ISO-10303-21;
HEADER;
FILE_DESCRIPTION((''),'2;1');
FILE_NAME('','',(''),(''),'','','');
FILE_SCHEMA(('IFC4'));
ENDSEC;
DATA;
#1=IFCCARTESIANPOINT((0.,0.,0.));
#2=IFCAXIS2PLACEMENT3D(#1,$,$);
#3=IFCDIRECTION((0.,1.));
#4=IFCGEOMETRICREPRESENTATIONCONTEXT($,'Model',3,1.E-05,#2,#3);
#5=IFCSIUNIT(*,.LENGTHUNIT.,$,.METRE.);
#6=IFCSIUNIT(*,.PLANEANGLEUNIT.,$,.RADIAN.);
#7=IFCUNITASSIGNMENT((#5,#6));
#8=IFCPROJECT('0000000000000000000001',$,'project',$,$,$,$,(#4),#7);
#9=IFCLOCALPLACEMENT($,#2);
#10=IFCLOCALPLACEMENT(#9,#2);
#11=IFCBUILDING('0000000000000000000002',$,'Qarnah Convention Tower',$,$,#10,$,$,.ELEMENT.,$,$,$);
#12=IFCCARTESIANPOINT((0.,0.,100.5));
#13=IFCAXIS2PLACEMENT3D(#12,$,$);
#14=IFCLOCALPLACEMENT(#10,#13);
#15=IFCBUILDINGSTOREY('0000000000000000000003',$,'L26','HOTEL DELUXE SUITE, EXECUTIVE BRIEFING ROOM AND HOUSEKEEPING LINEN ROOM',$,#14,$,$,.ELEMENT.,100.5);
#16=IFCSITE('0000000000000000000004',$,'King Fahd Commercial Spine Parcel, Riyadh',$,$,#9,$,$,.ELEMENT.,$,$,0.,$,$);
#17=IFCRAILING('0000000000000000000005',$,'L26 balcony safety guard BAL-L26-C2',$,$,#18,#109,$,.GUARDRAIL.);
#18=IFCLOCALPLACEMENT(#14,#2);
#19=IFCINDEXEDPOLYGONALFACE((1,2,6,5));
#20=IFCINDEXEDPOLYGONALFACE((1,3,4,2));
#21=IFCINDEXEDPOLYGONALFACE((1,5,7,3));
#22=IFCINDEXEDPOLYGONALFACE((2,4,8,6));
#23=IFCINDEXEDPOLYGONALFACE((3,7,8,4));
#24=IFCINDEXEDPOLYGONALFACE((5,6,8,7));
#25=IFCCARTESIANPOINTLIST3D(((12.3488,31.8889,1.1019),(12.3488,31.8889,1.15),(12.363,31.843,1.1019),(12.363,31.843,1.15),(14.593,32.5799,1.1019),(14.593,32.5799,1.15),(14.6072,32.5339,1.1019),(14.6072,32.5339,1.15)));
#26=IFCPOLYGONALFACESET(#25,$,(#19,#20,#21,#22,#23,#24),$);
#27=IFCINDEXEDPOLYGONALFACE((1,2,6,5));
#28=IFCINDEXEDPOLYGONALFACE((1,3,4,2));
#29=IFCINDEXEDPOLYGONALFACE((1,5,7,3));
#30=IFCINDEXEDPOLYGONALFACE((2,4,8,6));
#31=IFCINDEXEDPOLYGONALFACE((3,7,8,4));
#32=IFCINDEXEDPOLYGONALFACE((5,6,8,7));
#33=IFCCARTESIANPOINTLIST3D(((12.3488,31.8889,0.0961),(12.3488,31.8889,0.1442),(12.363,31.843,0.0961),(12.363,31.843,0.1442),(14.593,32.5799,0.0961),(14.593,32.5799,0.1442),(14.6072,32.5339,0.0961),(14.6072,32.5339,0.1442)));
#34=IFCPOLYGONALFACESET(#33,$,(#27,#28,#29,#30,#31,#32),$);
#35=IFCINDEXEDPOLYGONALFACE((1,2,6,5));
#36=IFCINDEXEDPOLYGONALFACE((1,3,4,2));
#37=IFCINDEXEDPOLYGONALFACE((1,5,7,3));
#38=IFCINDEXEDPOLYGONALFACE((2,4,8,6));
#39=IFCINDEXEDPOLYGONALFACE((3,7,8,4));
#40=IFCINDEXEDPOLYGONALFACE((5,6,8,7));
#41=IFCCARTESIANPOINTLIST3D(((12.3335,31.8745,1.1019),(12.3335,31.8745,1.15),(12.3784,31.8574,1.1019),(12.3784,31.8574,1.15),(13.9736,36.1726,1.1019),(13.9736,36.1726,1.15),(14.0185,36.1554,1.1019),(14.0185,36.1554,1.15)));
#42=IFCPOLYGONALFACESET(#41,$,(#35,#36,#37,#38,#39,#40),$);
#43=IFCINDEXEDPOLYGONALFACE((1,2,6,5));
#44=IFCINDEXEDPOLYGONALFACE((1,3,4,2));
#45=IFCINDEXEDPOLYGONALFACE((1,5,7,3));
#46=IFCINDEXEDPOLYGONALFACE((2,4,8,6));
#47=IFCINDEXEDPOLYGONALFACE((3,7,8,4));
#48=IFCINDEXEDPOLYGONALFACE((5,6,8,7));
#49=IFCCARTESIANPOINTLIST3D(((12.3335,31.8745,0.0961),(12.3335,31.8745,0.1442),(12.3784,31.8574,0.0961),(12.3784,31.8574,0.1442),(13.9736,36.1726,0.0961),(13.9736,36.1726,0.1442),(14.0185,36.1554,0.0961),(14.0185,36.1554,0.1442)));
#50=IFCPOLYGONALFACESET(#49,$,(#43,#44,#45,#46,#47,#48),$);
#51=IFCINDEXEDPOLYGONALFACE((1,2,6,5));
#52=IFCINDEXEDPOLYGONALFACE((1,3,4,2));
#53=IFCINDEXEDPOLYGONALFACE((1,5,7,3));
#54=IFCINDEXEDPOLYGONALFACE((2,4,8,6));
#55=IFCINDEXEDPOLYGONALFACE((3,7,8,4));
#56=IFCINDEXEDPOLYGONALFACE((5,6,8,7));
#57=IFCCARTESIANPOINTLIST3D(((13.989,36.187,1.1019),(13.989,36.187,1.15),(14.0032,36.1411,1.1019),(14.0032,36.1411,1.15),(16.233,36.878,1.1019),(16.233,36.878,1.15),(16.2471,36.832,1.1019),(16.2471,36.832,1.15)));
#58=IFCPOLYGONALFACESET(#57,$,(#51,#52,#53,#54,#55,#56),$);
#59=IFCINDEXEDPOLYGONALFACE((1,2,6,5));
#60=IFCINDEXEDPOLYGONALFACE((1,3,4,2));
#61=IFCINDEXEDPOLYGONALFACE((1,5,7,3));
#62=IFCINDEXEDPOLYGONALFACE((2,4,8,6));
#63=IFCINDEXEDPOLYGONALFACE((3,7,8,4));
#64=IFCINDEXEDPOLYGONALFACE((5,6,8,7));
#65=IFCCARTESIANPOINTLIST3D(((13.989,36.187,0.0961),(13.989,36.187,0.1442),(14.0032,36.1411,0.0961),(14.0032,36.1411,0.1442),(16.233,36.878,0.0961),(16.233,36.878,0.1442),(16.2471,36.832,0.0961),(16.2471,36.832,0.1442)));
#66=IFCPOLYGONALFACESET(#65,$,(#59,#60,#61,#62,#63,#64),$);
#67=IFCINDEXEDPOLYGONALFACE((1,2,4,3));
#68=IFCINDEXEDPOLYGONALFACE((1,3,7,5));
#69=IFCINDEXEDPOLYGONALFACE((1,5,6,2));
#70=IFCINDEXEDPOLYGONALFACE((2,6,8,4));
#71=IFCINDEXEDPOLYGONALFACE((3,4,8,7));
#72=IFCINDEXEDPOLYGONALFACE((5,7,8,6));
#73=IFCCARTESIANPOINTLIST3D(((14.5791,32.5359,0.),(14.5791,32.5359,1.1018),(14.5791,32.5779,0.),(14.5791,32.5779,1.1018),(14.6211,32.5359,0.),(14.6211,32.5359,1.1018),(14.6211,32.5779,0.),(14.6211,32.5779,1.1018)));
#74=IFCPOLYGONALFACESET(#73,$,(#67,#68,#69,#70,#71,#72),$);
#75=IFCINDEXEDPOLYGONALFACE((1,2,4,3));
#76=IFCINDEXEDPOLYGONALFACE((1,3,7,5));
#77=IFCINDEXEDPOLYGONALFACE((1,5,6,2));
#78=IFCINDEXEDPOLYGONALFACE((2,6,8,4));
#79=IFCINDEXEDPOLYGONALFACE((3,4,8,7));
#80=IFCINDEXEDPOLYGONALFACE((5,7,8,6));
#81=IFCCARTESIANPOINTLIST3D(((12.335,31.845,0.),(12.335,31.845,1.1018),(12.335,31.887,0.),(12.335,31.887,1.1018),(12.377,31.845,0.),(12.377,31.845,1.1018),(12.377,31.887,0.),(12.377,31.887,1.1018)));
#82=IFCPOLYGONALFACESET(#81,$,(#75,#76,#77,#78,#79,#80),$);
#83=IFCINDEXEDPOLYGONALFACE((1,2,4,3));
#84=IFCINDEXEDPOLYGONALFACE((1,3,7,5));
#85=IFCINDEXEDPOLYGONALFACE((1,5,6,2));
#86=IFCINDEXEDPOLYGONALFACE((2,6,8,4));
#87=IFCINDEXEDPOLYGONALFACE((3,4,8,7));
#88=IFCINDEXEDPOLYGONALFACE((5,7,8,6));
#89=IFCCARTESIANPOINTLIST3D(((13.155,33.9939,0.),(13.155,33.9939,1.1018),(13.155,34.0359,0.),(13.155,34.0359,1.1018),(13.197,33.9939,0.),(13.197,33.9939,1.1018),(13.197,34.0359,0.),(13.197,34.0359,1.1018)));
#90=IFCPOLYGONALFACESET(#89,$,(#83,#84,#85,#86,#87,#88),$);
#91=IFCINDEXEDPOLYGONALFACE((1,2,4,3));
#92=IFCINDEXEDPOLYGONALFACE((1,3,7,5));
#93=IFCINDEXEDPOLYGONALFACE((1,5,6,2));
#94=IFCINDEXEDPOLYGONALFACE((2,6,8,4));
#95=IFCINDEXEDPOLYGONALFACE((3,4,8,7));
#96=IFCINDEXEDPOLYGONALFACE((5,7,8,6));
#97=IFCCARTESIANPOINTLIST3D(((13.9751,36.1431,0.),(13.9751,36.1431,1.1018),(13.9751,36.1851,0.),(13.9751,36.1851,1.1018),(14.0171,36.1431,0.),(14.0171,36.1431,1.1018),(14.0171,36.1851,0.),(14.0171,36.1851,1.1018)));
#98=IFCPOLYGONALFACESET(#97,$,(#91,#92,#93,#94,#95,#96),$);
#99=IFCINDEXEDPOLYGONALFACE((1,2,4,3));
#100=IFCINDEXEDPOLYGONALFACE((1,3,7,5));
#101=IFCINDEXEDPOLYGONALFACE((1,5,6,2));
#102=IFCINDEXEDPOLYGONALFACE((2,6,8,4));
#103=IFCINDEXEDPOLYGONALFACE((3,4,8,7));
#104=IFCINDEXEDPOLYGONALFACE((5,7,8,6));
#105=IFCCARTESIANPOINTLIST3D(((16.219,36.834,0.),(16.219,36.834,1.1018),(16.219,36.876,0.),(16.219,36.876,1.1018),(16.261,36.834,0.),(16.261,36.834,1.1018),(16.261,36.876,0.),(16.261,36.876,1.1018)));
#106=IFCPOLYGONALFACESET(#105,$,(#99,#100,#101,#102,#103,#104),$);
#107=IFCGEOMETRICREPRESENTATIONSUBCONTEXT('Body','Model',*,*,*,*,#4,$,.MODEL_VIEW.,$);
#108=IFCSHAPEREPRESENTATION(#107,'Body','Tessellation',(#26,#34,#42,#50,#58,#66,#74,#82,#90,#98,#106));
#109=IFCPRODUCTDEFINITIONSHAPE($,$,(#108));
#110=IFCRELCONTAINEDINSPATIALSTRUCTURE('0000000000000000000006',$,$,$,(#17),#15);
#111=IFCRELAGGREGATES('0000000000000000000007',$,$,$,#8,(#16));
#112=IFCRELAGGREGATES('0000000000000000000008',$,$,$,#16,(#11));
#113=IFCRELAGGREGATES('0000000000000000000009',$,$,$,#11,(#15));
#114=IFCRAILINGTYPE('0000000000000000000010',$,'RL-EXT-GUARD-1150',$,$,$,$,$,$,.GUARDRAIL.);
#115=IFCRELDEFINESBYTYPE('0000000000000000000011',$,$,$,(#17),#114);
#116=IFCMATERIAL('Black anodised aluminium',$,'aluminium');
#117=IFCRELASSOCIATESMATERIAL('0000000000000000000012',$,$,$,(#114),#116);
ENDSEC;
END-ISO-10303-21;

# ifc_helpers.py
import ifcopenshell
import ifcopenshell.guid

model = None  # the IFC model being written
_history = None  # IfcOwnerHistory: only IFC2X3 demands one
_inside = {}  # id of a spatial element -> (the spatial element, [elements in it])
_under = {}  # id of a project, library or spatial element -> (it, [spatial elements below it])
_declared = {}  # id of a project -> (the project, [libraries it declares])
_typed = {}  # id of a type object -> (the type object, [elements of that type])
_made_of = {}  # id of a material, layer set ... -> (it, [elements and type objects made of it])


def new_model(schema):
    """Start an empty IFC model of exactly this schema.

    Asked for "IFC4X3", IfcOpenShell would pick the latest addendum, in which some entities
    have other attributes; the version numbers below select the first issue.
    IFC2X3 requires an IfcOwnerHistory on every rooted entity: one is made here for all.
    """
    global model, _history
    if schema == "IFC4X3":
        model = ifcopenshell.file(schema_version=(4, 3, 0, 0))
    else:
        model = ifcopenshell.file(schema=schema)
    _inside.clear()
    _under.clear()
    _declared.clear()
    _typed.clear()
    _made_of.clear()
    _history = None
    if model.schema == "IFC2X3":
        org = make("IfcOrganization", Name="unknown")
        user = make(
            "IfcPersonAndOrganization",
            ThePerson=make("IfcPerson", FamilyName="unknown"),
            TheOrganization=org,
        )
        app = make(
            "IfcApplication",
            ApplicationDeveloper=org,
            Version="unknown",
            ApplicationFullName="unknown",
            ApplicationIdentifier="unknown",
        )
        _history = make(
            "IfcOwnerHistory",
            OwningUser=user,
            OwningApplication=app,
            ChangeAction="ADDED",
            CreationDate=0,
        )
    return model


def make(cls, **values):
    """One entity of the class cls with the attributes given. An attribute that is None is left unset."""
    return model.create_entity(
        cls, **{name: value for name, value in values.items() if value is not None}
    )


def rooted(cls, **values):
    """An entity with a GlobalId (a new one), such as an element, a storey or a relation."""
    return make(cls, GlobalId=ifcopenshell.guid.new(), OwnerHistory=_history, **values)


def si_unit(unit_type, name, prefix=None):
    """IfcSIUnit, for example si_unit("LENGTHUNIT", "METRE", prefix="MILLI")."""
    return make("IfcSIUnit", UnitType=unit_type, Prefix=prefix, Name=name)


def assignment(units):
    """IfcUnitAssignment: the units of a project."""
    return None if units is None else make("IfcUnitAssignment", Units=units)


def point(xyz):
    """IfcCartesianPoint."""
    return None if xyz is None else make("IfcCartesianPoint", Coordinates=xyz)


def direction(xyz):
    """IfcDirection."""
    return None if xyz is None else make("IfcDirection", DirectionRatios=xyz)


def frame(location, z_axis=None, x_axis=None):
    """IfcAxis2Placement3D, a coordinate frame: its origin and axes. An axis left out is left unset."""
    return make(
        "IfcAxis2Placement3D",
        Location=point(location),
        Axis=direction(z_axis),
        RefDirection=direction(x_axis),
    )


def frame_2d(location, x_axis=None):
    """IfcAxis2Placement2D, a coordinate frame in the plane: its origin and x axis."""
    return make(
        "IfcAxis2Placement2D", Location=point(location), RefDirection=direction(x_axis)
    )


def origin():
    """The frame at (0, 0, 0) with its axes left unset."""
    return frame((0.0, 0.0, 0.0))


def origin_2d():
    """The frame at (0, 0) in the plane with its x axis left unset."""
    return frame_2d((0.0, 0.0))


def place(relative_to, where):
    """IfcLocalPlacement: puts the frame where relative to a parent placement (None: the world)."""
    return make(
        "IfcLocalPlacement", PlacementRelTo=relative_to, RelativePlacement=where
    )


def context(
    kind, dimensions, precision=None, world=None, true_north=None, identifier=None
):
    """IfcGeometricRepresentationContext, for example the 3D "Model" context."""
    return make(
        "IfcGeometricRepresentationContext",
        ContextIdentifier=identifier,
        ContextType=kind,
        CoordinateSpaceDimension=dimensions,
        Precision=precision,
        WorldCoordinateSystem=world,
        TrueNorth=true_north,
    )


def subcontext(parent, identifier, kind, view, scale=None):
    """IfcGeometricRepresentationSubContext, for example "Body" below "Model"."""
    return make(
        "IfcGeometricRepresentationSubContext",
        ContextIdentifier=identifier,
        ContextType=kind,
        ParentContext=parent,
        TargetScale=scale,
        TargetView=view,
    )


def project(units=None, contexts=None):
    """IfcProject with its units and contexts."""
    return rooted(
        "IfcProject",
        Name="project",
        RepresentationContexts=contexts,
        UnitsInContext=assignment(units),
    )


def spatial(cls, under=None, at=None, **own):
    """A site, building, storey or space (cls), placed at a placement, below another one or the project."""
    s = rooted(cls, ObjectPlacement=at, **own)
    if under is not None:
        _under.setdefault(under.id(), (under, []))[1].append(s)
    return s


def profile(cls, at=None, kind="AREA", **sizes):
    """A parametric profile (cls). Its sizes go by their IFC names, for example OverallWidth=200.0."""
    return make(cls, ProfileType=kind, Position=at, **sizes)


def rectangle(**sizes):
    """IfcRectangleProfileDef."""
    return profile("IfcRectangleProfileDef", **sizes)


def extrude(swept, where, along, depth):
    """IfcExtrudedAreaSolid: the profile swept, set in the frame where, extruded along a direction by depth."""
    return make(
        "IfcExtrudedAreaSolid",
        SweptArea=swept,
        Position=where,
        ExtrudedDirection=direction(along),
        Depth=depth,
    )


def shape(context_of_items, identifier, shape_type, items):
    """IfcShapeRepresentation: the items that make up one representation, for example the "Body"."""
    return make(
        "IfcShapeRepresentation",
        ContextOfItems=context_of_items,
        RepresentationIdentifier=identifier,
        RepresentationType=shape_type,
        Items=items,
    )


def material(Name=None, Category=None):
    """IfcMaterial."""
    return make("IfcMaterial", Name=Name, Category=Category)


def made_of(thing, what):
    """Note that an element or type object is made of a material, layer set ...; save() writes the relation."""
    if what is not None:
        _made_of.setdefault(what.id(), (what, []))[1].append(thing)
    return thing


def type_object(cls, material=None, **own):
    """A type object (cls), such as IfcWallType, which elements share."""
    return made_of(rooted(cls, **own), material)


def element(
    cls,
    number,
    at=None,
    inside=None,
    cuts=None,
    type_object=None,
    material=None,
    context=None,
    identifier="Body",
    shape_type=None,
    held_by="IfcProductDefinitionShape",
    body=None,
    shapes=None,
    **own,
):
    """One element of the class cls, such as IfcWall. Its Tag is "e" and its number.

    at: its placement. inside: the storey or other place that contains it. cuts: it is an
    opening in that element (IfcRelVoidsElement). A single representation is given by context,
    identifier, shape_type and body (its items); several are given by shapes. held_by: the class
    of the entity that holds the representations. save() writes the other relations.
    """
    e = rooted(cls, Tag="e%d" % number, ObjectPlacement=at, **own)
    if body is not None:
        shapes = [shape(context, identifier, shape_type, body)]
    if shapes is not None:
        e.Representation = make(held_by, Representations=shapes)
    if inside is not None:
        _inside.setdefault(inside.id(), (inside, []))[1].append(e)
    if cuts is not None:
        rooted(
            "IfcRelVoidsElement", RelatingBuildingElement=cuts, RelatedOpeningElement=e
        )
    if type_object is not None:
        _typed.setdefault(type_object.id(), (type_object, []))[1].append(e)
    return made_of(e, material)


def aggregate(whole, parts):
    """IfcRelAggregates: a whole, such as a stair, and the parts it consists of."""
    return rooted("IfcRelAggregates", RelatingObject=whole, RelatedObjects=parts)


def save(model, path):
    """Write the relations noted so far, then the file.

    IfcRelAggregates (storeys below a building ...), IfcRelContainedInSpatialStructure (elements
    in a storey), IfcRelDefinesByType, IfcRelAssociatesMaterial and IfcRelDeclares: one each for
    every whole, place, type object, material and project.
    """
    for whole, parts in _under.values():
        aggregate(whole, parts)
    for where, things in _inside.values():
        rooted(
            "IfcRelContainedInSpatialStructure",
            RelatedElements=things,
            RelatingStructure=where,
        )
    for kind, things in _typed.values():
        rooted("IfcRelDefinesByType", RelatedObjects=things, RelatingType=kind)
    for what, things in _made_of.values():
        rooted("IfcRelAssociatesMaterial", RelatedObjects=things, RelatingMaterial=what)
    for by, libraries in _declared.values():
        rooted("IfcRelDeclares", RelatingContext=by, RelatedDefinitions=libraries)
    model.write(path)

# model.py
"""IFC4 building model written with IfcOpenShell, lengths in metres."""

from ifc_helpers import new_model, si_unit, direction, frame, origin, origin_2d, place, context, subcontext, project, spatial, rectangle, extrude, material, type_object, element, save


model = new_model("IFC4")

# Units and contexts
model_context = context("Model", 3, precision=1e-05, world=origin(), true_north=direction((0.0, 1.0)))
body_context = subcontext(model_context, "Body", "Model", "MODEL_VIEW")
ifc_project = project(units=[si_unit("LENGTHUNIT", "METRE"), si_unit("PLANEANGLEUNIT", "RADIAN")], contexts=[model_context])

# Site, building, storey
site_placement = place(None, origin())
site = spatial("IfcSite", under=ifc_project, at=site_placement, Name="King Fahd Commercial Spine Parcel, Riyadh", CompositionType="ELEMENT", RefElevation=0.0)
building_placement = place(site_placement, origin())
building = spatial("IfcBuilding", under=site, at=building_placement, Name="Qarnah Convention Tower", CompositionType="ELEMENT")
storey_placement = place(building_placement, frame((0.0, 0.0, 100.5)))
storey = spatial("IfcBuildingStorey", under=building, at=storey_placement, Name="L26", Description="HOTEL DELUXE SUITE, EXECUTIVE BRIEFING ROOM AND HOUSEKEEPING LINEN ROOM", CompositionType="ELEMENT", Elevation=100.5)

# Shared definitions
ifc_material_1 = material(Name="Black anodised aluminium", Category="aluminium")

# Railing
railing_type = type_object("IfcRailingType", Name="RL-EXT-GUARD-1150", PredefinedType="GUARDRAIL", material=ifc_material_1)
railing_1_placement = place(storey_placement, frame((14.6001, 32.5569, 0.0)))
element("IfcRailing", 1, at=railing_1_placement, inside=storey, type_object=railing_type, Name="L26 balcony safety guard BAL-L26-C2", PredefinedType="GUARDRAIL", context=body_context, shape_type="SweptSolid", body=[
    extrude(rectangle(XDim=0.0481, YDim=0.0481, at=origin_2d()), frame((0.0, 0.0, 1.126), z_axis=(-0.95573, -0.294247, 0.0), x_axis=(0.294247, -0.95573, 0.0)), (0.0, 0.0, 1.0), 2.3481),
    extrude(rectangle(XDim=0.0481, YDim=0.0481, at=origin_2d()), frame((0.0, 0.0, 0.1201), z_axis=(-0.95573, -0.294247, 0.0), x_axis=(0.294247, -0.95573, 0.0)), (0.0, 0.0, 1.0), 2.3481),
    extrude(rectangle(XDim=0.0481, YDim=0.0481, at=origin_2d()), frame((-2.2441, -0.6909, 1.126), z_axis=(0.356521, 0.934287, 0.0), x_axis=(-0.934287, 0.356521, 0.0)), (0.0, 0.0, 1.0), 4.6003),
    extrude(rectangle(XDim=0.0481, YDim=0.0481, at=origin_2d()), frame((-2.2441, -0.6909, 0.1201), z_axis=(0.356521, 0.934287, 0.0), x_axis=(-0.934287, 0.356521, 0.0)), (0.0, 0.0, 1.0), 4.6003),
    extrude(rectangle(XDim=0.0481, YDim=0.0481, at=origin_2d()), frame((-0.604, 3.6072, 1.126), z_axis=(0.955721, 0.294276, 0.0), x_axis=(-0.294276, 0.955721, 0.0)), (0.0, 0.0, 1.0), 2.3479),
    extrude(rectangle(XDim=0.0481, YDim=0.0481, at=origin_2d()), frame((-0.604, 3.6072, 0.1201), z_axis=(0.955721, 0.294276, 0.0), x_axis=(-0.294276, 0.955721, 0.0)), (0.0, 0.0, 1.0), 2.3479),
    extrude(rectangle(XDim=0.042, YDim=0.042, at=origin_2d()), origin(), (0.0, 0.0, 1.0), 1.1018),
    extrude(rectangle(XDim=0.042, YDim=0.042, at=origin_2d()), frame((-2.2441, -0.6909, 0.0)), (0.0, 0.0, 1.0), 1.1018),
    extrude(rectangle(XDim=0.042, YDim=0.042, at=origin_2d()), frame((-1.4241, 1.458, 0.0)), (0.0, 0.0, 1.0), 1.1018),
    extrude(rectangle(XDim=0.042, YDim=0.042, at=origin_2d()), frame((-0.604, 3.6072, 0.0)), (0.0, 0.0, 1.0), 1.1018),
    extrude(rectangle(XDim=0.042, YDim=0.042, at=origin_2d()), frame((1.6399, 4.2981, 0.0)), (0.0, 0.0, 1.0), 1.1018),
])

save(model, "model.ifc")
